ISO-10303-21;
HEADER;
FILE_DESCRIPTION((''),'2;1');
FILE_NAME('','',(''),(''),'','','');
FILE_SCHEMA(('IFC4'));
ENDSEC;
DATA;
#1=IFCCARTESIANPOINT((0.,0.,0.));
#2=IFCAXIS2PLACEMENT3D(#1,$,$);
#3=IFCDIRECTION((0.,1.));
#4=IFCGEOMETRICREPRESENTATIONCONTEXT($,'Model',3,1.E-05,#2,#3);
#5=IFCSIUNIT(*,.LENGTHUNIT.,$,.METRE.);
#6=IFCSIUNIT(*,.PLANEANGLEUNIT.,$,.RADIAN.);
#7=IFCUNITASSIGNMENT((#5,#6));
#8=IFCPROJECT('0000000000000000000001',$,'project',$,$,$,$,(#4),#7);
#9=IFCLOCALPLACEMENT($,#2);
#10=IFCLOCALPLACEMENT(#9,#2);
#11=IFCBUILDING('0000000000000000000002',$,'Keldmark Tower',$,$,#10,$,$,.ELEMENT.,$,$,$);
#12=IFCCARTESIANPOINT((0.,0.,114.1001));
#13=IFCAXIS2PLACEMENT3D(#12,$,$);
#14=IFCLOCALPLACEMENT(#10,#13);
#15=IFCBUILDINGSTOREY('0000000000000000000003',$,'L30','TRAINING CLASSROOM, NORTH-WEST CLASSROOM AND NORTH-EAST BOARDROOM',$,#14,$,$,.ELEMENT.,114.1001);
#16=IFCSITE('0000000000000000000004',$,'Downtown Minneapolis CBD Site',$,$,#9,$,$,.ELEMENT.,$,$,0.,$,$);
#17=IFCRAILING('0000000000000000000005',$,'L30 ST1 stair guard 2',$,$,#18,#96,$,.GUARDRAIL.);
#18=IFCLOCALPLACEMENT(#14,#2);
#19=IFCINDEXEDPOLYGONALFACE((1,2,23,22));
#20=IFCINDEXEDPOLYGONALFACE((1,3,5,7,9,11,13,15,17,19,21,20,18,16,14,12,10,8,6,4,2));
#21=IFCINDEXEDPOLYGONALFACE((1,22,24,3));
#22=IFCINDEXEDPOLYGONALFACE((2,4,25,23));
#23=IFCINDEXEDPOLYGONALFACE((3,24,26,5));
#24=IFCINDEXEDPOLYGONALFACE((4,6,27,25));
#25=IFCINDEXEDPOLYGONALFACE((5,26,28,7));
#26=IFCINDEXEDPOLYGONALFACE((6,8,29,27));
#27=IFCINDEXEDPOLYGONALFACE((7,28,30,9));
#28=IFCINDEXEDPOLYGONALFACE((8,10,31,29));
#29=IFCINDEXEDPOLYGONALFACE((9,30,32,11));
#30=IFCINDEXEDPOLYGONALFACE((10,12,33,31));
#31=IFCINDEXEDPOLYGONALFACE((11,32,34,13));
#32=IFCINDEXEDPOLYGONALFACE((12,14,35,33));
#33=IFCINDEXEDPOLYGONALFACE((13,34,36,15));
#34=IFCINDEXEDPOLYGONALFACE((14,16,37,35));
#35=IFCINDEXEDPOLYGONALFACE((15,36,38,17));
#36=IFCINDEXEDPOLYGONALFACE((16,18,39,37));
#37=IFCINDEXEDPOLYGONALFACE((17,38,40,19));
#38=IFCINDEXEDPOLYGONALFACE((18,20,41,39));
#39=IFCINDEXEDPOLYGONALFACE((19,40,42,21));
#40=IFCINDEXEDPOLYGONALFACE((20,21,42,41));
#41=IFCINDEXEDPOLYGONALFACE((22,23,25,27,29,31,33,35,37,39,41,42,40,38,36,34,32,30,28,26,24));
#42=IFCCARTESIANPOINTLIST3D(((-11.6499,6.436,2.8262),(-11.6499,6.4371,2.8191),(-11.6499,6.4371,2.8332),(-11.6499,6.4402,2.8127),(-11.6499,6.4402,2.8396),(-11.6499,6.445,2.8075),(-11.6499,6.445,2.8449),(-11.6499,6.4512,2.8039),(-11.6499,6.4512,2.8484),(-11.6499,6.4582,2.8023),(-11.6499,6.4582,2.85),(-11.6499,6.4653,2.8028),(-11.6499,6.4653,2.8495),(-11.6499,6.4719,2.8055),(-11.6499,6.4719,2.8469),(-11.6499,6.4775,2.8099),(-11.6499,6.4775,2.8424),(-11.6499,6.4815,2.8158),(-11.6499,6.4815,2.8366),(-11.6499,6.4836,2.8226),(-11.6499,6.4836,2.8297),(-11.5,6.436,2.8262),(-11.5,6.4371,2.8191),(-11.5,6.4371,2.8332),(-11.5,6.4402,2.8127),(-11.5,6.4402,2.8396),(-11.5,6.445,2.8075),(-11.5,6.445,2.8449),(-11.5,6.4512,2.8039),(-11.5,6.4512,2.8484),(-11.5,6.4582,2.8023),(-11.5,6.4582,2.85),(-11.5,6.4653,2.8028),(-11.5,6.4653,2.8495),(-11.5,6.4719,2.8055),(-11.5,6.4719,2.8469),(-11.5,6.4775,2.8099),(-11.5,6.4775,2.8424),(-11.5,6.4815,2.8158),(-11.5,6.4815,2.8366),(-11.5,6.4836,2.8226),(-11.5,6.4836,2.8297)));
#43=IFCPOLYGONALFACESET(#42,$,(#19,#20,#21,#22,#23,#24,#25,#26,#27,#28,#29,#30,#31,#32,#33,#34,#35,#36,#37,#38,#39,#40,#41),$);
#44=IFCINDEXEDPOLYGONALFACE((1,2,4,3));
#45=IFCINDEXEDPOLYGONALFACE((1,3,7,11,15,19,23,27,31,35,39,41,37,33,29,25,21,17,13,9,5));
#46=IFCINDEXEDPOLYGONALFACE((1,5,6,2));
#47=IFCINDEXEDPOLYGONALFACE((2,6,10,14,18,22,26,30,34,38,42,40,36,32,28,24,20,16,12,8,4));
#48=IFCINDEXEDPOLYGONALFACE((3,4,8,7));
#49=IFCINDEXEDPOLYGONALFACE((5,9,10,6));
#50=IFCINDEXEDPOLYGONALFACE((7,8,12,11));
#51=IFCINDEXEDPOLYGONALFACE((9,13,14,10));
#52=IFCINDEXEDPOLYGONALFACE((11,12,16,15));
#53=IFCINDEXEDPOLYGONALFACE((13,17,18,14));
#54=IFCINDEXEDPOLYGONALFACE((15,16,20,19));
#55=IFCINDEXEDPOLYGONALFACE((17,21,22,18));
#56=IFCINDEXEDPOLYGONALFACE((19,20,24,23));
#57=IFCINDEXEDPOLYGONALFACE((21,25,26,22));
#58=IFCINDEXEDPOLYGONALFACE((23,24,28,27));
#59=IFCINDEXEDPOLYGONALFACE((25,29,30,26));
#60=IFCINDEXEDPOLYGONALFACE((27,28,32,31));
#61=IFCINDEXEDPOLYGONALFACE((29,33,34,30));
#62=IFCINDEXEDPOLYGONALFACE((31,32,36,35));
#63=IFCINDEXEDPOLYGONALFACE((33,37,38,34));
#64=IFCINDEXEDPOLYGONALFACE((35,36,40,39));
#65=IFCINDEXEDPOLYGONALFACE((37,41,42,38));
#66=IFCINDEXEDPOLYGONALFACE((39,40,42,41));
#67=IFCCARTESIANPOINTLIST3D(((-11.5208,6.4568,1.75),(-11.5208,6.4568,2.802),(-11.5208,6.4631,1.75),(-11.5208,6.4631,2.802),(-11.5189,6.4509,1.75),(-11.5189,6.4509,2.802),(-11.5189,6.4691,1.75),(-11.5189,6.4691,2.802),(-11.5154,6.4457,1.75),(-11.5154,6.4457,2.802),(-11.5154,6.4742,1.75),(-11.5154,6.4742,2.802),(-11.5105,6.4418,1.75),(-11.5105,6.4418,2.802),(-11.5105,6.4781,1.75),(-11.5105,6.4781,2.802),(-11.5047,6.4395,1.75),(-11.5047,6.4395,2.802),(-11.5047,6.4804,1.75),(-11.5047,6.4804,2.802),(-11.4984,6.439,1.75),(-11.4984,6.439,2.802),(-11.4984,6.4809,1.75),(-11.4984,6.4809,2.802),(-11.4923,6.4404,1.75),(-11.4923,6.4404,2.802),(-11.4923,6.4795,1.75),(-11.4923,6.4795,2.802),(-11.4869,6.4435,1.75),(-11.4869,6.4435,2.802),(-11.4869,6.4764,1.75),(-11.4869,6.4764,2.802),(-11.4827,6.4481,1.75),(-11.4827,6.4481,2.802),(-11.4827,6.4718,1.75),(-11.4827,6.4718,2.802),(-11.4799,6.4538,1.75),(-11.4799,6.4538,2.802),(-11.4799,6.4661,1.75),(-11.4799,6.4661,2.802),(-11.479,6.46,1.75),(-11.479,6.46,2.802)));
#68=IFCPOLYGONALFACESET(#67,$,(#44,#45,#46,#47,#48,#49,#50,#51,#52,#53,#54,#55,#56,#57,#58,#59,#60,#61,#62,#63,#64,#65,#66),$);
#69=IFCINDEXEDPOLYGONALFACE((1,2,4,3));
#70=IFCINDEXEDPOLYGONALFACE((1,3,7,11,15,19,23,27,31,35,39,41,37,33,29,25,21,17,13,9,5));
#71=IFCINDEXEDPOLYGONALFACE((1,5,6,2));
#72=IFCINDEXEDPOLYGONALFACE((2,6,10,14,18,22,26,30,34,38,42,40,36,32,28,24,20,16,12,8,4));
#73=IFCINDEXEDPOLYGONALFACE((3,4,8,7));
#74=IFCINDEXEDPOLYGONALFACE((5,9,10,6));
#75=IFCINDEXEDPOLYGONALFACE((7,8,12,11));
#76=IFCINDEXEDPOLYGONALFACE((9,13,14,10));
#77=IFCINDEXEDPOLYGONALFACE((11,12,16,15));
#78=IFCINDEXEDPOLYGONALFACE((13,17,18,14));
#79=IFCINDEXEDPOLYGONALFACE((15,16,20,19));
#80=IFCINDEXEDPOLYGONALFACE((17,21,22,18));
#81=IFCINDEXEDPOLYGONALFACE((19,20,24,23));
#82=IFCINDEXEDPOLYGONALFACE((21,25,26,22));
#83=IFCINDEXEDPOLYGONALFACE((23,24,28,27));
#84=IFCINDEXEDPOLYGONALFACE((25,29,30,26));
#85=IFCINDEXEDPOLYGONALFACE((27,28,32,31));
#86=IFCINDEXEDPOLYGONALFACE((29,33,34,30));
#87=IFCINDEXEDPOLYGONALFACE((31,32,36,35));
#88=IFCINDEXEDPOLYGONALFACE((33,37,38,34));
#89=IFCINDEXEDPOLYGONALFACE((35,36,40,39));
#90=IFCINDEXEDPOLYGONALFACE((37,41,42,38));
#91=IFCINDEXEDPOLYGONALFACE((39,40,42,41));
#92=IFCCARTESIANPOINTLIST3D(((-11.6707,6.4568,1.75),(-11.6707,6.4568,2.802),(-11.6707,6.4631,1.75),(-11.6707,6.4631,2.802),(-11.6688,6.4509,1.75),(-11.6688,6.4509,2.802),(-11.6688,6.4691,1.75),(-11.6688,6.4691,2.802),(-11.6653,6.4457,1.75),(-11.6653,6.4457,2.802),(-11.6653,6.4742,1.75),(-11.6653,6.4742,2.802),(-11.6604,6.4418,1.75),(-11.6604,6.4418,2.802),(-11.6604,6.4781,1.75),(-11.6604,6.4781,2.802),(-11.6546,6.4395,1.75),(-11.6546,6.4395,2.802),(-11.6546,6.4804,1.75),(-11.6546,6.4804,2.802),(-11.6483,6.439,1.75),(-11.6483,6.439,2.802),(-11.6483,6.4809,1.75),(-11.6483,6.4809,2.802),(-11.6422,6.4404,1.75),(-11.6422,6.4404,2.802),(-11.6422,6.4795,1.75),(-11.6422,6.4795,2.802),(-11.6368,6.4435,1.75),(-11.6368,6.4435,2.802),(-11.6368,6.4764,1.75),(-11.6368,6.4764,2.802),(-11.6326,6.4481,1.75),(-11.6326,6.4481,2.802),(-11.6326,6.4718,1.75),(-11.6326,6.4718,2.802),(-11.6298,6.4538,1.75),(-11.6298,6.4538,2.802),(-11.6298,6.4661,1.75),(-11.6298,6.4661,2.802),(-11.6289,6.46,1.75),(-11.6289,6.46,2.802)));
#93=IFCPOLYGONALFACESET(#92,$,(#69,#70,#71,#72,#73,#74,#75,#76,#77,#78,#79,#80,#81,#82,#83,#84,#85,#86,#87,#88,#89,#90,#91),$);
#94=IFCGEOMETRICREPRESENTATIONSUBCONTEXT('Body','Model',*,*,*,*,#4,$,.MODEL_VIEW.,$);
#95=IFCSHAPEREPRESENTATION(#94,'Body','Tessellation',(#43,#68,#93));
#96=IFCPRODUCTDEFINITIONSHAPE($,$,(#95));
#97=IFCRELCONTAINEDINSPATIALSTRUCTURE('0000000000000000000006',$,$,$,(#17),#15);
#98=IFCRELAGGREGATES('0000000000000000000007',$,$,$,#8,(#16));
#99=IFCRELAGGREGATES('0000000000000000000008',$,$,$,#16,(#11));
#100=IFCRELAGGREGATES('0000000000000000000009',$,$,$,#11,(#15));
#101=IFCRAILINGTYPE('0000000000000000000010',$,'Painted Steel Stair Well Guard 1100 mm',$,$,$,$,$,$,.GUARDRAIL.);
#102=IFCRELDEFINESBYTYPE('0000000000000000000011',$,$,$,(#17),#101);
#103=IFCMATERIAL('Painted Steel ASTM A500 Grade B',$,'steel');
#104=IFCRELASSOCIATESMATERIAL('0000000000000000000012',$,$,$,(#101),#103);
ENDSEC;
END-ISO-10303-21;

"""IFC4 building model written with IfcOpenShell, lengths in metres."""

from ifc_helpers import new_model, si_unit, direction, frame, origin, origin_2d, place, context, subcontext, project, spatial, circle, extrude, material, type_object, element, save


model = new_model("IFC4")

# Units and contexts
model_context = context("Model", 3, precision=1e-05, world=origin(), true_north=direction((0.0, 1.0)))
body_context = subcontext(model_context, "Body", "Model", "MODEL_VIEW")
ifc_project = project(units=[si_unit("LENGTHUNIT", "METRE"), si_unit("PLANEANGLEUNIT", "RADIAN")], contexts=[model_context])

# Site, building, storey
site_placement = place(None, origin())
site = spatial("IfcSite", under=ifc_project, at=site_placement, Name="Downtown Minneapolis CBD Site", CompositionType="ELEMENT", RefElevation=0.0)
building_placement = place(site_placement, origin())
building = spatial("IfcBuilding", under=site, at=building_placement, Name="Keldmark Tower", CompositionType="ELEMENT")
storey_placement = place(building_placement, frame((0.0, 0.0, 114.1001)))
storey = spatial("IfcBuildingStorey", under=building, at=storey_placement, Name="L30", Description="TRAINING CLASSROOM, NORTH-WEST CLASSROOM AND NORTH-EAST BOARDROOM", CompositionType="ELEMENT", Elevation=114.1001)

# Railing
ifc_material_1 = material(Name="Painted Steel ASTM A500 Grade B", Category="steel")
railing_type_1 = type_object("IfcRailingType", Name="Painted Steel Stair Well Guard 1100 mm", PredefinedType="GUARDRAIL", material=ifc_material_1)
railing_1_placement = place(storey_placement, frame((-11.5, 6.46, 1.75)))
element("IfcRailing", 1, at=railing_1_placement, inside=storey, type_object=railing_type_1, Name="L30 ST1 stair guard 2", PredefinedType="GUARDRAIL", context=body_context, shape_type="SweptSolid", body=[
    extrude(circle(Radius=0.0239, at=origin_2d()), frame((0.0, 0.0, 1.0762), z_axis=(-1.0, 0.0, 0.0), x_axis=(0.0, -1.0, 0.0)), (0.0, 0.0, 1.0), 0.1499),
    extrude(circle(Radius=0.021, at=origin_2d()), origin(), (0.0, 0.0, 1.0), 1.052),
    extrude(circle(Radius=0.021, at=origin_2d()), frame((-0.1499, 0.0, 0.0)), (0.0, 0.0, 1.0), 1.052),
])

save(model, "model.ifc")
